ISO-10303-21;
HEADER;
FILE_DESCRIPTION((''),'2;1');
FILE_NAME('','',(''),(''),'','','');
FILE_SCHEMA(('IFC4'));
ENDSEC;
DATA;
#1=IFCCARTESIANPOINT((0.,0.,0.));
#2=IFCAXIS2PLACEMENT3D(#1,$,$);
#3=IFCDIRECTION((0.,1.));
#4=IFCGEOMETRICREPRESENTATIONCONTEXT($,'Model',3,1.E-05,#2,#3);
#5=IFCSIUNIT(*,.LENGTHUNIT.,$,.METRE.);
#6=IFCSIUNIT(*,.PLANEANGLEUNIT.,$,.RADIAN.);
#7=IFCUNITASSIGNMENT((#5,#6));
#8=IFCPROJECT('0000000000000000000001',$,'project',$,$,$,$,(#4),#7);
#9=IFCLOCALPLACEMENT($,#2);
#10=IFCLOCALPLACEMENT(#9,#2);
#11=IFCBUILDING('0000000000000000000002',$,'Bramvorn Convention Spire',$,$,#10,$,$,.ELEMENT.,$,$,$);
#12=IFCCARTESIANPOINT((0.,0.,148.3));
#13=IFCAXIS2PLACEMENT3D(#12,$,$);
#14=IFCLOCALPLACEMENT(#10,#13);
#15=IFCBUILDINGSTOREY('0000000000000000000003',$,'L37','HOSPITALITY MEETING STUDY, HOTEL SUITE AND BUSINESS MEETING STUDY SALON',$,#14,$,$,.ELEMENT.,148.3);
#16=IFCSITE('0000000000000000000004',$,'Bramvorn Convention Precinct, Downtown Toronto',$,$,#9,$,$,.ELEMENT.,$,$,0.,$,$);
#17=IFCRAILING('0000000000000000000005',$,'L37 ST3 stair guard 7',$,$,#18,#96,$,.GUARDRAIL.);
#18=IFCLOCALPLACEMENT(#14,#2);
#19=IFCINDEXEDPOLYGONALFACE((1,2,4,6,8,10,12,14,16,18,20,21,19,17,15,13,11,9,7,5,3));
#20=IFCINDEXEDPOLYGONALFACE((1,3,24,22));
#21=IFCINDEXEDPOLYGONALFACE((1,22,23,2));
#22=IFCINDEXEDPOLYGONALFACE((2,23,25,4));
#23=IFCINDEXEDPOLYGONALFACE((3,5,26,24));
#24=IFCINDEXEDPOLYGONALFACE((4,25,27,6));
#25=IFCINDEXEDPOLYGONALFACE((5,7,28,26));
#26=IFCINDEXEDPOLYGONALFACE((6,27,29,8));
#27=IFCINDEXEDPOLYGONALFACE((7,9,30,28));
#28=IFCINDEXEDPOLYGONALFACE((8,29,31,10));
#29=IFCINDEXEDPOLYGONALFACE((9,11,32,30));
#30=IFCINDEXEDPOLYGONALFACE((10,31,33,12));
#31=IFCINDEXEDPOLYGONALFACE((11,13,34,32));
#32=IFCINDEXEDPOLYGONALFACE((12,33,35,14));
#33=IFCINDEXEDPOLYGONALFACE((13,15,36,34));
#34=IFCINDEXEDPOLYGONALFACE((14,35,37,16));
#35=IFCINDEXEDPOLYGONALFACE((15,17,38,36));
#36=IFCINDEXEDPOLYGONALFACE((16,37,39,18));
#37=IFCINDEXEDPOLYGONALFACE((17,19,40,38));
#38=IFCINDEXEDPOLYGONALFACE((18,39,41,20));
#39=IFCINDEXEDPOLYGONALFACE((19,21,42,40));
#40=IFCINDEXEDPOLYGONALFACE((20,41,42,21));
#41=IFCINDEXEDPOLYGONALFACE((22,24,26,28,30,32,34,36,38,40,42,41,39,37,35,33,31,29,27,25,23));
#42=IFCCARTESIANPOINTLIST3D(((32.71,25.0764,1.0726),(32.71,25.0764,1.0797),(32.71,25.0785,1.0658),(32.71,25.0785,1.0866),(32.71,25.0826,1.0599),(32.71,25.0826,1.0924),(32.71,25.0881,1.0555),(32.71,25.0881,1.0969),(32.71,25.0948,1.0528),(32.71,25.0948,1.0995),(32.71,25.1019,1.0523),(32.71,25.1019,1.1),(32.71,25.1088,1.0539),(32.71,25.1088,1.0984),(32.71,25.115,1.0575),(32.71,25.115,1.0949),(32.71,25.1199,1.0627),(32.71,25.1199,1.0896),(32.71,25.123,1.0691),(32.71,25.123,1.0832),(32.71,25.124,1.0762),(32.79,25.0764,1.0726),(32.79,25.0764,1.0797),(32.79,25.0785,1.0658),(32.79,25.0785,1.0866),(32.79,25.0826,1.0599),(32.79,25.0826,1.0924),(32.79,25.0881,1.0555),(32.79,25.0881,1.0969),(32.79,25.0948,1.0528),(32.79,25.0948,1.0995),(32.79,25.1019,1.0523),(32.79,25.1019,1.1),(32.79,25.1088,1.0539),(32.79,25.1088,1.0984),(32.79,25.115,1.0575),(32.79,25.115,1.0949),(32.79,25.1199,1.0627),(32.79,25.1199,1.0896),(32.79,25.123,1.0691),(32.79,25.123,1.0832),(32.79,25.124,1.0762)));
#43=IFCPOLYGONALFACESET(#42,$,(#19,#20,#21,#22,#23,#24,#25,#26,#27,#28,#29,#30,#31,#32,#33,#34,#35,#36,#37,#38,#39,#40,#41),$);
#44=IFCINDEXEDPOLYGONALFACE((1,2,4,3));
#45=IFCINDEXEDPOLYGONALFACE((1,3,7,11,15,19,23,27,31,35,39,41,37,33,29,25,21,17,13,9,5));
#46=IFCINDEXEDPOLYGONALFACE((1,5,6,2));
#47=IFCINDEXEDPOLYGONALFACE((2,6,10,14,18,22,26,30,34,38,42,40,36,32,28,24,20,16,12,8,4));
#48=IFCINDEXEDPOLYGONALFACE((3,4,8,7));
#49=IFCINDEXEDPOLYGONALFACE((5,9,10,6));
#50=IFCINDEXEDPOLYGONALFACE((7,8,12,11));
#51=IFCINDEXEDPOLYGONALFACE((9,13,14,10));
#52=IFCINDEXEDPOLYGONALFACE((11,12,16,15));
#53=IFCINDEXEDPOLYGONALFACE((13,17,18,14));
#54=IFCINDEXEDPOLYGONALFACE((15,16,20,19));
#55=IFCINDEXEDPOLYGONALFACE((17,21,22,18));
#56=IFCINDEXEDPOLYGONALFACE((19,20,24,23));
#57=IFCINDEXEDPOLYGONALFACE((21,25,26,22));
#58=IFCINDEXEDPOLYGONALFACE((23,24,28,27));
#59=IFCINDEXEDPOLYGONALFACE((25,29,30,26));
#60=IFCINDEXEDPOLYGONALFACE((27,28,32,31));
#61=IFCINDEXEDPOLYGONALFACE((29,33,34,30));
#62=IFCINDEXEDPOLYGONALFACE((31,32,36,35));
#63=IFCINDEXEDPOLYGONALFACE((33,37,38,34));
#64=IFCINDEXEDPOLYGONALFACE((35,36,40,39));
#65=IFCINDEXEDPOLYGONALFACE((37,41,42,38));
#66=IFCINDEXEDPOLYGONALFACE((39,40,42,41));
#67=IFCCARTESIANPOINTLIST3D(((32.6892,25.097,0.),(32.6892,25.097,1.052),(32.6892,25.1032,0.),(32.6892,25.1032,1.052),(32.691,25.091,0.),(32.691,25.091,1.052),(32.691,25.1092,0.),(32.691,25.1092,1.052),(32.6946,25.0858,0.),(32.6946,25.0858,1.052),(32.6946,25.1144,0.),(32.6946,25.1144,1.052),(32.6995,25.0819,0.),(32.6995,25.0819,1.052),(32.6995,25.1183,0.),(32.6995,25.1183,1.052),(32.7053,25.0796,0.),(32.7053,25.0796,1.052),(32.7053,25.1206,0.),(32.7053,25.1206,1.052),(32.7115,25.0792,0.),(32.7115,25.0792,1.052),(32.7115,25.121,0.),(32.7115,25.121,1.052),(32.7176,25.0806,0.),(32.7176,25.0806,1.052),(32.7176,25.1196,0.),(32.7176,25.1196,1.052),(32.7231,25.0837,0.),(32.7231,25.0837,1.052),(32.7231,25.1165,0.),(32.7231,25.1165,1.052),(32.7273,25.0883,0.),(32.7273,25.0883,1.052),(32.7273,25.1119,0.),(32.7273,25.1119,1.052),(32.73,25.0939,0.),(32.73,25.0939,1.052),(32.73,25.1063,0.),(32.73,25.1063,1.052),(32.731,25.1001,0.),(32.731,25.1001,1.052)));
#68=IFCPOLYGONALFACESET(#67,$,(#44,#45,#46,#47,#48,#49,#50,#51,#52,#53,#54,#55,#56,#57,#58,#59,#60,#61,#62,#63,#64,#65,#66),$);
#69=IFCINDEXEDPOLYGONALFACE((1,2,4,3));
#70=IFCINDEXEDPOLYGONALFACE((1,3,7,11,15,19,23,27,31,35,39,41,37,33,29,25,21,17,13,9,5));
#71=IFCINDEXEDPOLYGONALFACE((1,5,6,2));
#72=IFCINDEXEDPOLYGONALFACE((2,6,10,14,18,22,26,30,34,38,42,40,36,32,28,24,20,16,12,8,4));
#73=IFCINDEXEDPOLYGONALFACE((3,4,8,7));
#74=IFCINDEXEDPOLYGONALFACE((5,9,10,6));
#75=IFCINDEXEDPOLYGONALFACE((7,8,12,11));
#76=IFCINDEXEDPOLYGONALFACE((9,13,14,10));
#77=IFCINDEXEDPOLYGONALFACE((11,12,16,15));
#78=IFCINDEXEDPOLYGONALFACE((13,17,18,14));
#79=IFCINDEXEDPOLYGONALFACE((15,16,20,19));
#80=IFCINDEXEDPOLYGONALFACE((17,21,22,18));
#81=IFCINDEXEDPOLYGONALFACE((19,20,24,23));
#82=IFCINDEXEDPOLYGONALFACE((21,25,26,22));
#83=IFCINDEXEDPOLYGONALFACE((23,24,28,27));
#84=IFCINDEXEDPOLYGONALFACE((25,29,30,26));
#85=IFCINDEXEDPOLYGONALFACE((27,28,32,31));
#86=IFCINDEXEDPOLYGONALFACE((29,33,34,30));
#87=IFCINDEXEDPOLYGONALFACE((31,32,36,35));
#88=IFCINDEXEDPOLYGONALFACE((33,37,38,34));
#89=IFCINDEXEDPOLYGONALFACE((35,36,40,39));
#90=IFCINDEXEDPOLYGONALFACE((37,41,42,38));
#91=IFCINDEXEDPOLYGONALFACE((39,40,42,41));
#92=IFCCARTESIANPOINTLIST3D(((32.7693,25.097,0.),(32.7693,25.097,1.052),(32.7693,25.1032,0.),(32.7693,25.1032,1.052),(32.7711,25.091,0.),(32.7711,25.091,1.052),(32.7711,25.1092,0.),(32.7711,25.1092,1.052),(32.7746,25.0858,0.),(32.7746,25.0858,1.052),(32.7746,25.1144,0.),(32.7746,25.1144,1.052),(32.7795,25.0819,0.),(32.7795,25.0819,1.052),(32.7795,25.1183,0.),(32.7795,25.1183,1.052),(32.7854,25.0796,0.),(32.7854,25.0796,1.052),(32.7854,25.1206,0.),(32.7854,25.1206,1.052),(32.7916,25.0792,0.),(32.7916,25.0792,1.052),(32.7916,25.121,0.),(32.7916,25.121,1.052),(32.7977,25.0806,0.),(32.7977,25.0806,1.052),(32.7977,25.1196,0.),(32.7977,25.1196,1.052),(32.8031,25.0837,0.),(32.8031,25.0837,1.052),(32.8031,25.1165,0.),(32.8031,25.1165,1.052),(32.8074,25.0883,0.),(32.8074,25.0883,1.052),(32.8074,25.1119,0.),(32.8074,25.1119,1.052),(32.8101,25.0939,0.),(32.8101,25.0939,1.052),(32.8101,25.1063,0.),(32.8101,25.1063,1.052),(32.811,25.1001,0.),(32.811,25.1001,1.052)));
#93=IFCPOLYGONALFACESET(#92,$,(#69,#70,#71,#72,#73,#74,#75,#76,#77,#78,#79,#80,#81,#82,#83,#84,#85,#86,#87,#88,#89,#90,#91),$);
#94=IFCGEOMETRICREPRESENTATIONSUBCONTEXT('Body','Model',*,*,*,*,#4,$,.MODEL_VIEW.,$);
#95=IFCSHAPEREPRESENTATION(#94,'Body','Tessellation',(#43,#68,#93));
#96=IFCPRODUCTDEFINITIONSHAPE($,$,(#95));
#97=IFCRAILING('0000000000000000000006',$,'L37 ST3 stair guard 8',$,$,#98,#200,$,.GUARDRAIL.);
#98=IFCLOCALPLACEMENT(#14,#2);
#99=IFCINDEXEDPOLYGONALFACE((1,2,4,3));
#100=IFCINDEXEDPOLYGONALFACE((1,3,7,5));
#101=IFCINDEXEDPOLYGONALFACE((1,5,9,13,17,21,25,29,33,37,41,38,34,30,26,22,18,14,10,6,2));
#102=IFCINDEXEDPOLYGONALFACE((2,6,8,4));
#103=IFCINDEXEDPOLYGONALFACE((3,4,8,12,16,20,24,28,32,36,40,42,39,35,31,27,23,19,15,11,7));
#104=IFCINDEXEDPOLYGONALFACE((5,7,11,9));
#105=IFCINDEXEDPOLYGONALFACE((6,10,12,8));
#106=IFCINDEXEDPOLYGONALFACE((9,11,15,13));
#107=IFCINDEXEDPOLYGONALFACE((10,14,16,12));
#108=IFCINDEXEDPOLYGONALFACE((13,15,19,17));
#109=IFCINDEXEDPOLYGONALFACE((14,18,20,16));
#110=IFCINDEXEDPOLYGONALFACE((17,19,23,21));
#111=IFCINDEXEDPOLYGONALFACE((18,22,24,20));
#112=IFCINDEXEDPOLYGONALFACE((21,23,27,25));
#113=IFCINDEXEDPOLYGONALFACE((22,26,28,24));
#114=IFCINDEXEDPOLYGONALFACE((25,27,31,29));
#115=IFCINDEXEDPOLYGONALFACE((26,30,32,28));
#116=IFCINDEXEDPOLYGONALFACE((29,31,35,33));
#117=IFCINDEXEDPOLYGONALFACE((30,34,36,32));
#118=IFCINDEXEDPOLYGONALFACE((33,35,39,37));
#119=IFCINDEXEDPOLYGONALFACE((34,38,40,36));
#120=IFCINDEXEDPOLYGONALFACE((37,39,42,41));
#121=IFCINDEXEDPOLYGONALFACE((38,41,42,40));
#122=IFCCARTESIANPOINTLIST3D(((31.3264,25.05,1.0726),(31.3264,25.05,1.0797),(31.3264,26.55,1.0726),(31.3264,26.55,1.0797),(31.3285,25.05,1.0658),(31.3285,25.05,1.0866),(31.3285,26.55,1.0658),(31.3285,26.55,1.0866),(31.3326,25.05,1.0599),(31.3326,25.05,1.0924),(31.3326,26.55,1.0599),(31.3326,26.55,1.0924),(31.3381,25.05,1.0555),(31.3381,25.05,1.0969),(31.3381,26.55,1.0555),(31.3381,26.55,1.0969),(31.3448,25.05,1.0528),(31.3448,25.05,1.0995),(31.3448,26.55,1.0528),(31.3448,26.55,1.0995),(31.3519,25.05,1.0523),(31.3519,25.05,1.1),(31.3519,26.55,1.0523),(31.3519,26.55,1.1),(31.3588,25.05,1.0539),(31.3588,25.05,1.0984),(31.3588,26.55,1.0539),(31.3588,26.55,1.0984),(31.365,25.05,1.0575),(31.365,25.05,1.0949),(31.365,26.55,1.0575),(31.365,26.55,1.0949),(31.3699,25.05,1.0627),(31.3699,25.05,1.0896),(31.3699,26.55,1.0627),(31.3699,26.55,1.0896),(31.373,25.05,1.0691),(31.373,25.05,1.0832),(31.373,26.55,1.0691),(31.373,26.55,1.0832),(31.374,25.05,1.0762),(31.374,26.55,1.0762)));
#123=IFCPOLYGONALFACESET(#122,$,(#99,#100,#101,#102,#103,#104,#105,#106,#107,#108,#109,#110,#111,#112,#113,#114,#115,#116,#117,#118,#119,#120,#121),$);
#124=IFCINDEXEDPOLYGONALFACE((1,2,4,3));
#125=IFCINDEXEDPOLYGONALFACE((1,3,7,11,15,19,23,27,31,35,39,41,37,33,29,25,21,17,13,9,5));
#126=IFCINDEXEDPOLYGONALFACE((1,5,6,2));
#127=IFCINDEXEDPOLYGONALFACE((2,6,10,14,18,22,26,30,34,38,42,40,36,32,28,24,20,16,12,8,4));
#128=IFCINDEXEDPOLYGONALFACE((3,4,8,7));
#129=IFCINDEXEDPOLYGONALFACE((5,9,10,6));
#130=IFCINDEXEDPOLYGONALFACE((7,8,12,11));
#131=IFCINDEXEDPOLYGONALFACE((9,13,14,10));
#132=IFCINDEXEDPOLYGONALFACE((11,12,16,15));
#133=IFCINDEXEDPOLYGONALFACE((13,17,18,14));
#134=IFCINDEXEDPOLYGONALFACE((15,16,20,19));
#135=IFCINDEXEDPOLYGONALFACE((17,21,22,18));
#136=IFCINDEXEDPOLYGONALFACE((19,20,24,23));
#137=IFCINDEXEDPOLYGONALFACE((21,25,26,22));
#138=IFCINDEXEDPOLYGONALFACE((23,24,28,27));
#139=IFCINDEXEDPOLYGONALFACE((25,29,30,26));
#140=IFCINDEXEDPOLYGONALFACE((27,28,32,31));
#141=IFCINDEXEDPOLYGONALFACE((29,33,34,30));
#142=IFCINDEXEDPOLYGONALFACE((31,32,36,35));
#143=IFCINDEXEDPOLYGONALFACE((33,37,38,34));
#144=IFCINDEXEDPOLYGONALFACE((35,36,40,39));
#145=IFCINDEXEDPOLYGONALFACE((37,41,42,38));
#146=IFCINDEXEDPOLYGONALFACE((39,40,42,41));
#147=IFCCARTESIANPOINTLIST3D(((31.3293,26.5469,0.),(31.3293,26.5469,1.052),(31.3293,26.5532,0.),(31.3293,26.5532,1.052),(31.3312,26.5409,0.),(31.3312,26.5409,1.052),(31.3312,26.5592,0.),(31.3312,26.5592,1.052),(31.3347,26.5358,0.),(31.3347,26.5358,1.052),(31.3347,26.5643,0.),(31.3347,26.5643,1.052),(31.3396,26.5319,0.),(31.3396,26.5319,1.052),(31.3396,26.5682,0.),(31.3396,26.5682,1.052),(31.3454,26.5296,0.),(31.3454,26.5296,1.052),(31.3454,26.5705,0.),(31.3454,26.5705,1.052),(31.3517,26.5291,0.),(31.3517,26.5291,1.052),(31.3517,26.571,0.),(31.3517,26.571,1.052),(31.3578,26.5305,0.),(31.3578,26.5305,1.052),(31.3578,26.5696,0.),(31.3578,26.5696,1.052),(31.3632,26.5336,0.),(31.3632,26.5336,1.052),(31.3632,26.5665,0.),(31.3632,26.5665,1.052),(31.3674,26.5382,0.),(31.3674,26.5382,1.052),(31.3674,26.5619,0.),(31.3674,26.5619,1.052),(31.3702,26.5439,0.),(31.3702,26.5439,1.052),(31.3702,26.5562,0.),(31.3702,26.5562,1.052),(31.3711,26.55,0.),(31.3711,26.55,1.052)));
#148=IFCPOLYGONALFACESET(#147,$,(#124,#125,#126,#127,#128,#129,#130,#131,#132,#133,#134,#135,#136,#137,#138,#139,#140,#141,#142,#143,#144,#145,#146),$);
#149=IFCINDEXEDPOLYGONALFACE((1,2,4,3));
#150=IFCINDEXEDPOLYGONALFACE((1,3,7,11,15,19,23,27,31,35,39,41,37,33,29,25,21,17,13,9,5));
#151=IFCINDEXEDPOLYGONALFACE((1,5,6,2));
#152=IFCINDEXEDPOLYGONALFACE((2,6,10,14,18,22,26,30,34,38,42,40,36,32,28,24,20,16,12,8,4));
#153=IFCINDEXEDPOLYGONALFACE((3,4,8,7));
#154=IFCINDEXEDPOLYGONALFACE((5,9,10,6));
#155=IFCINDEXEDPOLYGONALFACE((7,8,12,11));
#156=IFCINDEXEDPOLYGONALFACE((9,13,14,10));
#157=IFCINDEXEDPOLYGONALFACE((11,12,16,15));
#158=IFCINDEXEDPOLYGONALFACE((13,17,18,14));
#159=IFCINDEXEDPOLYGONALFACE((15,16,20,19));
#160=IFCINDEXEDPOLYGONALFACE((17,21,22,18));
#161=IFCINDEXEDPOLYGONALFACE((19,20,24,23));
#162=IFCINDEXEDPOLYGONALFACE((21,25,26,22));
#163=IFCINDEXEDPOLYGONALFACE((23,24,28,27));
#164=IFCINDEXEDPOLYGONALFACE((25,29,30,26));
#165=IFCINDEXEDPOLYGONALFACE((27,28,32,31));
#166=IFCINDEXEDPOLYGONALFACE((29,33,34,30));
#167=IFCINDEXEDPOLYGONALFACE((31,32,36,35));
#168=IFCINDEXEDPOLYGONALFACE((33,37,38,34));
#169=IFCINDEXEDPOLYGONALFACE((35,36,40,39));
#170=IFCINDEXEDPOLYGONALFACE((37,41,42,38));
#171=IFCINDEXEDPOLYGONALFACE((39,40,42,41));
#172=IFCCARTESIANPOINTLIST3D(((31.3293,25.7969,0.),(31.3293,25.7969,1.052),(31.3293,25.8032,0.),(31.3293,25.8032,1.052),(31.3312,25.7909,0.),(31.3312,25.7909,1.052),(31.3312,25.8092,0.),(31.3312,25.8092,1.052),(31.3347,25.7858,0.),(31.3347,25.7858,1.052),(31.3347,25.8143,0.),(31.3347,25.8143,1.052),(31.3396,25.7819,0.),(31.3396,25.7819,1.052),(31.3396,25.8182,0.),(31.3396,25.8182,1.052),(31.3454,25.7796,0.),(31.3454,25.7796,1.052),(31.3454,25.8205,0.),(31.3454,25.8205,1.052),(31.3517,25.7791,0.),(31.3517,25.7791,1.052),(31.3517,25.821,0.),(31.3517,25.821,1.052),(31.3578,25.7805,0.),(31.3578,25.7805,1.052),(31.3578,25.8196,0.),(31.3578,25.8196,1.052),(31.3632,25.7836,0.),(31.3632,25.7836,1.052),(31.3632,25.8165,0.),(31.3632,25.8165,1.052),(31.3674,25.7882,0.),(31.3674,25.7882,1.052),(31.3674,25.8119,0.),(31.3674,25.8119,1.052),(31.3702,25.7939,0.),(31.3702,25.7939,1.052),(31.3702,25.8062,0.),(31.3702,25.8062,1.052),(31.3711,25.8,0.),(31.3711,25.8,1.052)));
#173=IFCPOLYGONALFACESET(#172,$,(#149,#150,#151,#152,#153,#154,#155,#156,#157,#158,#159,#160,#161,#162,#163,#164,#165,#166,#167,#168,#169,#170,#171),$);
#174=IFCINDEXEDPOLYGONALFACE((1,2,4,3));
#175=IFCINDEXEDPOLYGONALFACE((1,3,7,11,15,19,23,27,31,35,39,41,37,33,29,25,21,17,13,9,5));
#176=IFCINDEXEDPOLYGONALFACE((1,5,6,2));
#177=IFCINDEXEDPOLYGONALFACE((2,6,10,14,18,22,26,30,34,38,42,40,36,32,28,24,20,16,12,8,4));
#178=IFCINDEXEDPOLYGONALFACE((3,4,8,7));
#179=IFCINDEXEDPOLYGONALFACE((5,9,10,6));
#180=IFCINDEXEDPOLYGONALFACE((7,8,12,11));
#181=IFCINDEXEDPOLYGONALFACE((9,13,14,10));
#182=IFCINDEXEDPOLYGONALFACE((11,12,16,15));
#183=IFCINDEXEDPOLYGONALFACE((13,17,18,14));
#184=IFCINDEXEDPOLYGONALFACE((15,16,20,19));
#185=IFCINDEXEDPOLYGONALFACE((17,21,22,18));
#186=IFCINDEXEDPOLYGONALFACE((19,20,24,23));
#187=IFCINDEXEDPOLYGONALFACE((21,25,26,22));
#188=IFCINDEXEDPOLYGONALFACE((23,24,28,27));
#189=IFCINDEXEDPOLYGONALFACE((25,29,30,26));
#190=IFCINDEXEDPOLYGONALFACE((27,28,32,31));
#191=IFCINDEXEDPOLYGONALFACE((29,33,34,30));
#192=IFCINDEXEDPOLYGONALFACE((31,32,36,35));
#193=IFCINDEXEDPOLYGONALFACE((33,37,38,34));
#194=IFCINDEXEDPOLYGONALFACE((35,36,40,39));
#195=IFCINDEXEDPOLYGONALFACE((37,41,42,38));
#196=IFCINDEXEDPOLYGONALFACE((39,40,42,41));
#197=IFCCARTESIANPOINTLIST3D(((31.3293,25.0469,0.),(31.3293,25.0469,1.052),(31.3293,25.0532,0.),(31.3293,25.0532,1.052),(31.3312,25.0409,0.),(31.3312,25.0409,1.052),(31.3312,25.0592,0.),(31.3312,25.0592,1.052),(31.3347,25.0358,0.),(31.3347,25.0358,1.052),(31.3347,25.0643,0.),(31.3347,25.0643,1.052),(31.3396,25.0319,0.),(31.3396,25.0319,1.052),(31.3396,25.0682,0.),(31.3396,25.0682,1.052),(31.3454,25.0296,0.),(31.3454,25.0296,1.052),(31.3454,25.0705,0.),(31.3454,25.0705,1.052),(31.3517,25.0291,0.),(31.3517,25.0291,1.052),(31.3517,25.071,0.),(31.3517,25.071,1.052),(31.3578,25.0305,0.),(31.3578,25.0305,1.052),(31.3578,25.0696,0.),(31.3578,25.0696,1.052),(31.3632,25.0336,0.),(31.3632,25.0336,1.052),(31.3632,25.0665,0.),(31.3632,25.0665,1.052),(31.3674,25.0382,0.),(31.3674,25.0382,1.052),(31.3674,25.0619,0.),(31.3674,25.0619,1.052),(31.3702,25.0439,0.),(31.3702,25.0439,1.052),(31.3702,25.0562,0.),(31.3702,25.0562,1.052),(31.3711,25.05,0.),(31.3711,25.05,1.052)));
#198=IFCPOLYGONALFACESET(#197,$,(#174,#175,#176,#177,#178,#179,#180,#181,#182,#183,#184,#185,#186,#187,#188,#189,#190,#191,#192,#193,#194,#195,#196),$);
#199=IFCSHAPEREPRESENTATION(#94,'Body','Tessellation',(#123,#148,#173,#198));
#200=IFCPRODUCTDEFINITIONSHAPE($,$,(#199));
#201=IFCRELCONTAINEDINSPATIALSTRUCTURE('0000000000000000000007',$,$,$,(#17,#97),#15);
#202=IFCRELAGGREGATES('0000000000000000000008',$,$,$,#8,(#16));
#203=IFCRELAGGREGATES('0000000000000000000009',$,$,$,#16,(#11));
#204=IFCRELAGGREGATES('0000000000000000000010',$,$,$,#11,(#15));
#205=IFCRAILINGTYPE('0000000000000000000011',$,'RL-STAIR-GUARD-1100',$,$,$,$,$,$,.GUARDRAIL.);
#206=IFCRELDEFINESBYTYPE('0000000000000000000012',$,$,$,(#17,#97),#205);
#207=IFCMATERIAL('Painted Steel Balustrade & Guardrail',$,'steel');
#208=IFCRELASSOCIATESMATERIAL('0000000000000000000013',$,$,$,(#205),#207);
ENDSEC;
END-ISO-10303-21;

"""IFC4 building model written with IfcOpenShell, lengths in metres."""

from ifc_helpers import new_model, si_unit, direction, frame, origin, origin_2d, place, context, subcontext, project, spatial, circle, extrude, material, type_object, element, save


model = new_model("IFC4")

# Units and contexts
model_context = context("Model", 3, precision=1e-05, world=origin(), true_north=direction((0.0, 1.0)))
body_context = subcontext(model_context, "Body", "Model", "MODEL_VIEW")
ifc_project = project(units=[si_unit("LENGTHUNIT", "METRE"), si_unit("PLANEANGLEUNIT", "RADIAN")], contexts=[model_context])

# Site, building, storey
site_placement = place(None, origin())
site = spatial("IfcSite", under=ifc_project, at=site_placement, Name="Bramvorn Convention Precinct, Downtown Toronto", CompositionType="ELEMENT", RefElevation=0.0)
building_placement = place(site_placement, origin())
building = spatial("IfcBuilding", under=site, at=building_placement, Name="Bramvorn Convention Spire", CompositionType="ELEMENT")
storey_placement = place(building_placement, frame((0.0, 0.0, 148.3)))
storey = spatial("IfcBuildingStorey", under=building, at=storey_placement, Name="L37", Description="HOSPITALITY MEETING STUDY, HOTEL SUITE AND BUSINESS MEETING STUDY SALON", CompositionType="ELEMENT", Elevation=148.3)

# Railings
ifc_material_1 = material(Name="Painted Steel Balustrade & Guardrail", Category="steel")
railing_type_1 = type_object("IfcRailingType", Name="RL-STAIR-GUARD-1100", PredefinedType="GUARDRAIL", material=ifc_material_1)
railing_1_placement = place(storey_placement, frame((32.71, 25.1001, 0.0)))
element("IfcRailing", 1, at=railing_1_placement, inside=storey, type_object=railing_type_1, Name="L37 ST3 stair guard 7", PredefinedType="GUARDRAIL", context=body_context, shape_type="SweptSolid", body=[
    extrude(circle(Radius=0.0239, at=origin_2d()), frame((0.0, 0.0, 1.0762), z_axis=(1.0, 0.0, 0.0), x_axis=(0.0, 1.0, 0.0)), (0.0, 0.0, 1.0), 0.0801),
    extrude(circle(Radius=0.021, at=origin_2d()), origin(), (0.0, 0.0, 1.0), 1.052),
    extrude(circle(Radius=0.021, at=origin_2d()), frame((0.0801, 0.0, 0.0)), (0.0, 0.0, 1.0), 1.052),
])
railing_2_placement = place(storey_placement, frame((31.3501, 26.55, 0.0)))
element("IfcRailing", 2, at=railing_2_placement, inside=storey, type_object=railing_type_1, Name="L37 ST3 stair guard 8", PredefinedType="GUARDRAIL", context=body_context, shape_type="SweptSolid", body=[
    extrude(circle(Radius=0.0239, at=origin_2d()), frame((0.0, 0.0, 1.0762), z_axis=(0.0, -1.0, 0.0), x_axis=(1.0, 0.0, 0.0)), (0.0, 0.0, 1.0), 1.5),
    extrude(circle(Radius=0.021, at=origin_2d()), origin(), (0.0, 0.0, 1.0), 1.052),
    extrude(circle(Radius=0.021, at=origin_2d()), frame((0.0, -0.75, 0.0)), (0.0, 0.0, 1.0), 1.052),
    extrude(circle(Radius=0.021, at=origin_2d()), frame((0.0, -1.5, 0.0)), (0.0, 0.0, 1.0), 1.052),
])

save(model, "model.ifc")
